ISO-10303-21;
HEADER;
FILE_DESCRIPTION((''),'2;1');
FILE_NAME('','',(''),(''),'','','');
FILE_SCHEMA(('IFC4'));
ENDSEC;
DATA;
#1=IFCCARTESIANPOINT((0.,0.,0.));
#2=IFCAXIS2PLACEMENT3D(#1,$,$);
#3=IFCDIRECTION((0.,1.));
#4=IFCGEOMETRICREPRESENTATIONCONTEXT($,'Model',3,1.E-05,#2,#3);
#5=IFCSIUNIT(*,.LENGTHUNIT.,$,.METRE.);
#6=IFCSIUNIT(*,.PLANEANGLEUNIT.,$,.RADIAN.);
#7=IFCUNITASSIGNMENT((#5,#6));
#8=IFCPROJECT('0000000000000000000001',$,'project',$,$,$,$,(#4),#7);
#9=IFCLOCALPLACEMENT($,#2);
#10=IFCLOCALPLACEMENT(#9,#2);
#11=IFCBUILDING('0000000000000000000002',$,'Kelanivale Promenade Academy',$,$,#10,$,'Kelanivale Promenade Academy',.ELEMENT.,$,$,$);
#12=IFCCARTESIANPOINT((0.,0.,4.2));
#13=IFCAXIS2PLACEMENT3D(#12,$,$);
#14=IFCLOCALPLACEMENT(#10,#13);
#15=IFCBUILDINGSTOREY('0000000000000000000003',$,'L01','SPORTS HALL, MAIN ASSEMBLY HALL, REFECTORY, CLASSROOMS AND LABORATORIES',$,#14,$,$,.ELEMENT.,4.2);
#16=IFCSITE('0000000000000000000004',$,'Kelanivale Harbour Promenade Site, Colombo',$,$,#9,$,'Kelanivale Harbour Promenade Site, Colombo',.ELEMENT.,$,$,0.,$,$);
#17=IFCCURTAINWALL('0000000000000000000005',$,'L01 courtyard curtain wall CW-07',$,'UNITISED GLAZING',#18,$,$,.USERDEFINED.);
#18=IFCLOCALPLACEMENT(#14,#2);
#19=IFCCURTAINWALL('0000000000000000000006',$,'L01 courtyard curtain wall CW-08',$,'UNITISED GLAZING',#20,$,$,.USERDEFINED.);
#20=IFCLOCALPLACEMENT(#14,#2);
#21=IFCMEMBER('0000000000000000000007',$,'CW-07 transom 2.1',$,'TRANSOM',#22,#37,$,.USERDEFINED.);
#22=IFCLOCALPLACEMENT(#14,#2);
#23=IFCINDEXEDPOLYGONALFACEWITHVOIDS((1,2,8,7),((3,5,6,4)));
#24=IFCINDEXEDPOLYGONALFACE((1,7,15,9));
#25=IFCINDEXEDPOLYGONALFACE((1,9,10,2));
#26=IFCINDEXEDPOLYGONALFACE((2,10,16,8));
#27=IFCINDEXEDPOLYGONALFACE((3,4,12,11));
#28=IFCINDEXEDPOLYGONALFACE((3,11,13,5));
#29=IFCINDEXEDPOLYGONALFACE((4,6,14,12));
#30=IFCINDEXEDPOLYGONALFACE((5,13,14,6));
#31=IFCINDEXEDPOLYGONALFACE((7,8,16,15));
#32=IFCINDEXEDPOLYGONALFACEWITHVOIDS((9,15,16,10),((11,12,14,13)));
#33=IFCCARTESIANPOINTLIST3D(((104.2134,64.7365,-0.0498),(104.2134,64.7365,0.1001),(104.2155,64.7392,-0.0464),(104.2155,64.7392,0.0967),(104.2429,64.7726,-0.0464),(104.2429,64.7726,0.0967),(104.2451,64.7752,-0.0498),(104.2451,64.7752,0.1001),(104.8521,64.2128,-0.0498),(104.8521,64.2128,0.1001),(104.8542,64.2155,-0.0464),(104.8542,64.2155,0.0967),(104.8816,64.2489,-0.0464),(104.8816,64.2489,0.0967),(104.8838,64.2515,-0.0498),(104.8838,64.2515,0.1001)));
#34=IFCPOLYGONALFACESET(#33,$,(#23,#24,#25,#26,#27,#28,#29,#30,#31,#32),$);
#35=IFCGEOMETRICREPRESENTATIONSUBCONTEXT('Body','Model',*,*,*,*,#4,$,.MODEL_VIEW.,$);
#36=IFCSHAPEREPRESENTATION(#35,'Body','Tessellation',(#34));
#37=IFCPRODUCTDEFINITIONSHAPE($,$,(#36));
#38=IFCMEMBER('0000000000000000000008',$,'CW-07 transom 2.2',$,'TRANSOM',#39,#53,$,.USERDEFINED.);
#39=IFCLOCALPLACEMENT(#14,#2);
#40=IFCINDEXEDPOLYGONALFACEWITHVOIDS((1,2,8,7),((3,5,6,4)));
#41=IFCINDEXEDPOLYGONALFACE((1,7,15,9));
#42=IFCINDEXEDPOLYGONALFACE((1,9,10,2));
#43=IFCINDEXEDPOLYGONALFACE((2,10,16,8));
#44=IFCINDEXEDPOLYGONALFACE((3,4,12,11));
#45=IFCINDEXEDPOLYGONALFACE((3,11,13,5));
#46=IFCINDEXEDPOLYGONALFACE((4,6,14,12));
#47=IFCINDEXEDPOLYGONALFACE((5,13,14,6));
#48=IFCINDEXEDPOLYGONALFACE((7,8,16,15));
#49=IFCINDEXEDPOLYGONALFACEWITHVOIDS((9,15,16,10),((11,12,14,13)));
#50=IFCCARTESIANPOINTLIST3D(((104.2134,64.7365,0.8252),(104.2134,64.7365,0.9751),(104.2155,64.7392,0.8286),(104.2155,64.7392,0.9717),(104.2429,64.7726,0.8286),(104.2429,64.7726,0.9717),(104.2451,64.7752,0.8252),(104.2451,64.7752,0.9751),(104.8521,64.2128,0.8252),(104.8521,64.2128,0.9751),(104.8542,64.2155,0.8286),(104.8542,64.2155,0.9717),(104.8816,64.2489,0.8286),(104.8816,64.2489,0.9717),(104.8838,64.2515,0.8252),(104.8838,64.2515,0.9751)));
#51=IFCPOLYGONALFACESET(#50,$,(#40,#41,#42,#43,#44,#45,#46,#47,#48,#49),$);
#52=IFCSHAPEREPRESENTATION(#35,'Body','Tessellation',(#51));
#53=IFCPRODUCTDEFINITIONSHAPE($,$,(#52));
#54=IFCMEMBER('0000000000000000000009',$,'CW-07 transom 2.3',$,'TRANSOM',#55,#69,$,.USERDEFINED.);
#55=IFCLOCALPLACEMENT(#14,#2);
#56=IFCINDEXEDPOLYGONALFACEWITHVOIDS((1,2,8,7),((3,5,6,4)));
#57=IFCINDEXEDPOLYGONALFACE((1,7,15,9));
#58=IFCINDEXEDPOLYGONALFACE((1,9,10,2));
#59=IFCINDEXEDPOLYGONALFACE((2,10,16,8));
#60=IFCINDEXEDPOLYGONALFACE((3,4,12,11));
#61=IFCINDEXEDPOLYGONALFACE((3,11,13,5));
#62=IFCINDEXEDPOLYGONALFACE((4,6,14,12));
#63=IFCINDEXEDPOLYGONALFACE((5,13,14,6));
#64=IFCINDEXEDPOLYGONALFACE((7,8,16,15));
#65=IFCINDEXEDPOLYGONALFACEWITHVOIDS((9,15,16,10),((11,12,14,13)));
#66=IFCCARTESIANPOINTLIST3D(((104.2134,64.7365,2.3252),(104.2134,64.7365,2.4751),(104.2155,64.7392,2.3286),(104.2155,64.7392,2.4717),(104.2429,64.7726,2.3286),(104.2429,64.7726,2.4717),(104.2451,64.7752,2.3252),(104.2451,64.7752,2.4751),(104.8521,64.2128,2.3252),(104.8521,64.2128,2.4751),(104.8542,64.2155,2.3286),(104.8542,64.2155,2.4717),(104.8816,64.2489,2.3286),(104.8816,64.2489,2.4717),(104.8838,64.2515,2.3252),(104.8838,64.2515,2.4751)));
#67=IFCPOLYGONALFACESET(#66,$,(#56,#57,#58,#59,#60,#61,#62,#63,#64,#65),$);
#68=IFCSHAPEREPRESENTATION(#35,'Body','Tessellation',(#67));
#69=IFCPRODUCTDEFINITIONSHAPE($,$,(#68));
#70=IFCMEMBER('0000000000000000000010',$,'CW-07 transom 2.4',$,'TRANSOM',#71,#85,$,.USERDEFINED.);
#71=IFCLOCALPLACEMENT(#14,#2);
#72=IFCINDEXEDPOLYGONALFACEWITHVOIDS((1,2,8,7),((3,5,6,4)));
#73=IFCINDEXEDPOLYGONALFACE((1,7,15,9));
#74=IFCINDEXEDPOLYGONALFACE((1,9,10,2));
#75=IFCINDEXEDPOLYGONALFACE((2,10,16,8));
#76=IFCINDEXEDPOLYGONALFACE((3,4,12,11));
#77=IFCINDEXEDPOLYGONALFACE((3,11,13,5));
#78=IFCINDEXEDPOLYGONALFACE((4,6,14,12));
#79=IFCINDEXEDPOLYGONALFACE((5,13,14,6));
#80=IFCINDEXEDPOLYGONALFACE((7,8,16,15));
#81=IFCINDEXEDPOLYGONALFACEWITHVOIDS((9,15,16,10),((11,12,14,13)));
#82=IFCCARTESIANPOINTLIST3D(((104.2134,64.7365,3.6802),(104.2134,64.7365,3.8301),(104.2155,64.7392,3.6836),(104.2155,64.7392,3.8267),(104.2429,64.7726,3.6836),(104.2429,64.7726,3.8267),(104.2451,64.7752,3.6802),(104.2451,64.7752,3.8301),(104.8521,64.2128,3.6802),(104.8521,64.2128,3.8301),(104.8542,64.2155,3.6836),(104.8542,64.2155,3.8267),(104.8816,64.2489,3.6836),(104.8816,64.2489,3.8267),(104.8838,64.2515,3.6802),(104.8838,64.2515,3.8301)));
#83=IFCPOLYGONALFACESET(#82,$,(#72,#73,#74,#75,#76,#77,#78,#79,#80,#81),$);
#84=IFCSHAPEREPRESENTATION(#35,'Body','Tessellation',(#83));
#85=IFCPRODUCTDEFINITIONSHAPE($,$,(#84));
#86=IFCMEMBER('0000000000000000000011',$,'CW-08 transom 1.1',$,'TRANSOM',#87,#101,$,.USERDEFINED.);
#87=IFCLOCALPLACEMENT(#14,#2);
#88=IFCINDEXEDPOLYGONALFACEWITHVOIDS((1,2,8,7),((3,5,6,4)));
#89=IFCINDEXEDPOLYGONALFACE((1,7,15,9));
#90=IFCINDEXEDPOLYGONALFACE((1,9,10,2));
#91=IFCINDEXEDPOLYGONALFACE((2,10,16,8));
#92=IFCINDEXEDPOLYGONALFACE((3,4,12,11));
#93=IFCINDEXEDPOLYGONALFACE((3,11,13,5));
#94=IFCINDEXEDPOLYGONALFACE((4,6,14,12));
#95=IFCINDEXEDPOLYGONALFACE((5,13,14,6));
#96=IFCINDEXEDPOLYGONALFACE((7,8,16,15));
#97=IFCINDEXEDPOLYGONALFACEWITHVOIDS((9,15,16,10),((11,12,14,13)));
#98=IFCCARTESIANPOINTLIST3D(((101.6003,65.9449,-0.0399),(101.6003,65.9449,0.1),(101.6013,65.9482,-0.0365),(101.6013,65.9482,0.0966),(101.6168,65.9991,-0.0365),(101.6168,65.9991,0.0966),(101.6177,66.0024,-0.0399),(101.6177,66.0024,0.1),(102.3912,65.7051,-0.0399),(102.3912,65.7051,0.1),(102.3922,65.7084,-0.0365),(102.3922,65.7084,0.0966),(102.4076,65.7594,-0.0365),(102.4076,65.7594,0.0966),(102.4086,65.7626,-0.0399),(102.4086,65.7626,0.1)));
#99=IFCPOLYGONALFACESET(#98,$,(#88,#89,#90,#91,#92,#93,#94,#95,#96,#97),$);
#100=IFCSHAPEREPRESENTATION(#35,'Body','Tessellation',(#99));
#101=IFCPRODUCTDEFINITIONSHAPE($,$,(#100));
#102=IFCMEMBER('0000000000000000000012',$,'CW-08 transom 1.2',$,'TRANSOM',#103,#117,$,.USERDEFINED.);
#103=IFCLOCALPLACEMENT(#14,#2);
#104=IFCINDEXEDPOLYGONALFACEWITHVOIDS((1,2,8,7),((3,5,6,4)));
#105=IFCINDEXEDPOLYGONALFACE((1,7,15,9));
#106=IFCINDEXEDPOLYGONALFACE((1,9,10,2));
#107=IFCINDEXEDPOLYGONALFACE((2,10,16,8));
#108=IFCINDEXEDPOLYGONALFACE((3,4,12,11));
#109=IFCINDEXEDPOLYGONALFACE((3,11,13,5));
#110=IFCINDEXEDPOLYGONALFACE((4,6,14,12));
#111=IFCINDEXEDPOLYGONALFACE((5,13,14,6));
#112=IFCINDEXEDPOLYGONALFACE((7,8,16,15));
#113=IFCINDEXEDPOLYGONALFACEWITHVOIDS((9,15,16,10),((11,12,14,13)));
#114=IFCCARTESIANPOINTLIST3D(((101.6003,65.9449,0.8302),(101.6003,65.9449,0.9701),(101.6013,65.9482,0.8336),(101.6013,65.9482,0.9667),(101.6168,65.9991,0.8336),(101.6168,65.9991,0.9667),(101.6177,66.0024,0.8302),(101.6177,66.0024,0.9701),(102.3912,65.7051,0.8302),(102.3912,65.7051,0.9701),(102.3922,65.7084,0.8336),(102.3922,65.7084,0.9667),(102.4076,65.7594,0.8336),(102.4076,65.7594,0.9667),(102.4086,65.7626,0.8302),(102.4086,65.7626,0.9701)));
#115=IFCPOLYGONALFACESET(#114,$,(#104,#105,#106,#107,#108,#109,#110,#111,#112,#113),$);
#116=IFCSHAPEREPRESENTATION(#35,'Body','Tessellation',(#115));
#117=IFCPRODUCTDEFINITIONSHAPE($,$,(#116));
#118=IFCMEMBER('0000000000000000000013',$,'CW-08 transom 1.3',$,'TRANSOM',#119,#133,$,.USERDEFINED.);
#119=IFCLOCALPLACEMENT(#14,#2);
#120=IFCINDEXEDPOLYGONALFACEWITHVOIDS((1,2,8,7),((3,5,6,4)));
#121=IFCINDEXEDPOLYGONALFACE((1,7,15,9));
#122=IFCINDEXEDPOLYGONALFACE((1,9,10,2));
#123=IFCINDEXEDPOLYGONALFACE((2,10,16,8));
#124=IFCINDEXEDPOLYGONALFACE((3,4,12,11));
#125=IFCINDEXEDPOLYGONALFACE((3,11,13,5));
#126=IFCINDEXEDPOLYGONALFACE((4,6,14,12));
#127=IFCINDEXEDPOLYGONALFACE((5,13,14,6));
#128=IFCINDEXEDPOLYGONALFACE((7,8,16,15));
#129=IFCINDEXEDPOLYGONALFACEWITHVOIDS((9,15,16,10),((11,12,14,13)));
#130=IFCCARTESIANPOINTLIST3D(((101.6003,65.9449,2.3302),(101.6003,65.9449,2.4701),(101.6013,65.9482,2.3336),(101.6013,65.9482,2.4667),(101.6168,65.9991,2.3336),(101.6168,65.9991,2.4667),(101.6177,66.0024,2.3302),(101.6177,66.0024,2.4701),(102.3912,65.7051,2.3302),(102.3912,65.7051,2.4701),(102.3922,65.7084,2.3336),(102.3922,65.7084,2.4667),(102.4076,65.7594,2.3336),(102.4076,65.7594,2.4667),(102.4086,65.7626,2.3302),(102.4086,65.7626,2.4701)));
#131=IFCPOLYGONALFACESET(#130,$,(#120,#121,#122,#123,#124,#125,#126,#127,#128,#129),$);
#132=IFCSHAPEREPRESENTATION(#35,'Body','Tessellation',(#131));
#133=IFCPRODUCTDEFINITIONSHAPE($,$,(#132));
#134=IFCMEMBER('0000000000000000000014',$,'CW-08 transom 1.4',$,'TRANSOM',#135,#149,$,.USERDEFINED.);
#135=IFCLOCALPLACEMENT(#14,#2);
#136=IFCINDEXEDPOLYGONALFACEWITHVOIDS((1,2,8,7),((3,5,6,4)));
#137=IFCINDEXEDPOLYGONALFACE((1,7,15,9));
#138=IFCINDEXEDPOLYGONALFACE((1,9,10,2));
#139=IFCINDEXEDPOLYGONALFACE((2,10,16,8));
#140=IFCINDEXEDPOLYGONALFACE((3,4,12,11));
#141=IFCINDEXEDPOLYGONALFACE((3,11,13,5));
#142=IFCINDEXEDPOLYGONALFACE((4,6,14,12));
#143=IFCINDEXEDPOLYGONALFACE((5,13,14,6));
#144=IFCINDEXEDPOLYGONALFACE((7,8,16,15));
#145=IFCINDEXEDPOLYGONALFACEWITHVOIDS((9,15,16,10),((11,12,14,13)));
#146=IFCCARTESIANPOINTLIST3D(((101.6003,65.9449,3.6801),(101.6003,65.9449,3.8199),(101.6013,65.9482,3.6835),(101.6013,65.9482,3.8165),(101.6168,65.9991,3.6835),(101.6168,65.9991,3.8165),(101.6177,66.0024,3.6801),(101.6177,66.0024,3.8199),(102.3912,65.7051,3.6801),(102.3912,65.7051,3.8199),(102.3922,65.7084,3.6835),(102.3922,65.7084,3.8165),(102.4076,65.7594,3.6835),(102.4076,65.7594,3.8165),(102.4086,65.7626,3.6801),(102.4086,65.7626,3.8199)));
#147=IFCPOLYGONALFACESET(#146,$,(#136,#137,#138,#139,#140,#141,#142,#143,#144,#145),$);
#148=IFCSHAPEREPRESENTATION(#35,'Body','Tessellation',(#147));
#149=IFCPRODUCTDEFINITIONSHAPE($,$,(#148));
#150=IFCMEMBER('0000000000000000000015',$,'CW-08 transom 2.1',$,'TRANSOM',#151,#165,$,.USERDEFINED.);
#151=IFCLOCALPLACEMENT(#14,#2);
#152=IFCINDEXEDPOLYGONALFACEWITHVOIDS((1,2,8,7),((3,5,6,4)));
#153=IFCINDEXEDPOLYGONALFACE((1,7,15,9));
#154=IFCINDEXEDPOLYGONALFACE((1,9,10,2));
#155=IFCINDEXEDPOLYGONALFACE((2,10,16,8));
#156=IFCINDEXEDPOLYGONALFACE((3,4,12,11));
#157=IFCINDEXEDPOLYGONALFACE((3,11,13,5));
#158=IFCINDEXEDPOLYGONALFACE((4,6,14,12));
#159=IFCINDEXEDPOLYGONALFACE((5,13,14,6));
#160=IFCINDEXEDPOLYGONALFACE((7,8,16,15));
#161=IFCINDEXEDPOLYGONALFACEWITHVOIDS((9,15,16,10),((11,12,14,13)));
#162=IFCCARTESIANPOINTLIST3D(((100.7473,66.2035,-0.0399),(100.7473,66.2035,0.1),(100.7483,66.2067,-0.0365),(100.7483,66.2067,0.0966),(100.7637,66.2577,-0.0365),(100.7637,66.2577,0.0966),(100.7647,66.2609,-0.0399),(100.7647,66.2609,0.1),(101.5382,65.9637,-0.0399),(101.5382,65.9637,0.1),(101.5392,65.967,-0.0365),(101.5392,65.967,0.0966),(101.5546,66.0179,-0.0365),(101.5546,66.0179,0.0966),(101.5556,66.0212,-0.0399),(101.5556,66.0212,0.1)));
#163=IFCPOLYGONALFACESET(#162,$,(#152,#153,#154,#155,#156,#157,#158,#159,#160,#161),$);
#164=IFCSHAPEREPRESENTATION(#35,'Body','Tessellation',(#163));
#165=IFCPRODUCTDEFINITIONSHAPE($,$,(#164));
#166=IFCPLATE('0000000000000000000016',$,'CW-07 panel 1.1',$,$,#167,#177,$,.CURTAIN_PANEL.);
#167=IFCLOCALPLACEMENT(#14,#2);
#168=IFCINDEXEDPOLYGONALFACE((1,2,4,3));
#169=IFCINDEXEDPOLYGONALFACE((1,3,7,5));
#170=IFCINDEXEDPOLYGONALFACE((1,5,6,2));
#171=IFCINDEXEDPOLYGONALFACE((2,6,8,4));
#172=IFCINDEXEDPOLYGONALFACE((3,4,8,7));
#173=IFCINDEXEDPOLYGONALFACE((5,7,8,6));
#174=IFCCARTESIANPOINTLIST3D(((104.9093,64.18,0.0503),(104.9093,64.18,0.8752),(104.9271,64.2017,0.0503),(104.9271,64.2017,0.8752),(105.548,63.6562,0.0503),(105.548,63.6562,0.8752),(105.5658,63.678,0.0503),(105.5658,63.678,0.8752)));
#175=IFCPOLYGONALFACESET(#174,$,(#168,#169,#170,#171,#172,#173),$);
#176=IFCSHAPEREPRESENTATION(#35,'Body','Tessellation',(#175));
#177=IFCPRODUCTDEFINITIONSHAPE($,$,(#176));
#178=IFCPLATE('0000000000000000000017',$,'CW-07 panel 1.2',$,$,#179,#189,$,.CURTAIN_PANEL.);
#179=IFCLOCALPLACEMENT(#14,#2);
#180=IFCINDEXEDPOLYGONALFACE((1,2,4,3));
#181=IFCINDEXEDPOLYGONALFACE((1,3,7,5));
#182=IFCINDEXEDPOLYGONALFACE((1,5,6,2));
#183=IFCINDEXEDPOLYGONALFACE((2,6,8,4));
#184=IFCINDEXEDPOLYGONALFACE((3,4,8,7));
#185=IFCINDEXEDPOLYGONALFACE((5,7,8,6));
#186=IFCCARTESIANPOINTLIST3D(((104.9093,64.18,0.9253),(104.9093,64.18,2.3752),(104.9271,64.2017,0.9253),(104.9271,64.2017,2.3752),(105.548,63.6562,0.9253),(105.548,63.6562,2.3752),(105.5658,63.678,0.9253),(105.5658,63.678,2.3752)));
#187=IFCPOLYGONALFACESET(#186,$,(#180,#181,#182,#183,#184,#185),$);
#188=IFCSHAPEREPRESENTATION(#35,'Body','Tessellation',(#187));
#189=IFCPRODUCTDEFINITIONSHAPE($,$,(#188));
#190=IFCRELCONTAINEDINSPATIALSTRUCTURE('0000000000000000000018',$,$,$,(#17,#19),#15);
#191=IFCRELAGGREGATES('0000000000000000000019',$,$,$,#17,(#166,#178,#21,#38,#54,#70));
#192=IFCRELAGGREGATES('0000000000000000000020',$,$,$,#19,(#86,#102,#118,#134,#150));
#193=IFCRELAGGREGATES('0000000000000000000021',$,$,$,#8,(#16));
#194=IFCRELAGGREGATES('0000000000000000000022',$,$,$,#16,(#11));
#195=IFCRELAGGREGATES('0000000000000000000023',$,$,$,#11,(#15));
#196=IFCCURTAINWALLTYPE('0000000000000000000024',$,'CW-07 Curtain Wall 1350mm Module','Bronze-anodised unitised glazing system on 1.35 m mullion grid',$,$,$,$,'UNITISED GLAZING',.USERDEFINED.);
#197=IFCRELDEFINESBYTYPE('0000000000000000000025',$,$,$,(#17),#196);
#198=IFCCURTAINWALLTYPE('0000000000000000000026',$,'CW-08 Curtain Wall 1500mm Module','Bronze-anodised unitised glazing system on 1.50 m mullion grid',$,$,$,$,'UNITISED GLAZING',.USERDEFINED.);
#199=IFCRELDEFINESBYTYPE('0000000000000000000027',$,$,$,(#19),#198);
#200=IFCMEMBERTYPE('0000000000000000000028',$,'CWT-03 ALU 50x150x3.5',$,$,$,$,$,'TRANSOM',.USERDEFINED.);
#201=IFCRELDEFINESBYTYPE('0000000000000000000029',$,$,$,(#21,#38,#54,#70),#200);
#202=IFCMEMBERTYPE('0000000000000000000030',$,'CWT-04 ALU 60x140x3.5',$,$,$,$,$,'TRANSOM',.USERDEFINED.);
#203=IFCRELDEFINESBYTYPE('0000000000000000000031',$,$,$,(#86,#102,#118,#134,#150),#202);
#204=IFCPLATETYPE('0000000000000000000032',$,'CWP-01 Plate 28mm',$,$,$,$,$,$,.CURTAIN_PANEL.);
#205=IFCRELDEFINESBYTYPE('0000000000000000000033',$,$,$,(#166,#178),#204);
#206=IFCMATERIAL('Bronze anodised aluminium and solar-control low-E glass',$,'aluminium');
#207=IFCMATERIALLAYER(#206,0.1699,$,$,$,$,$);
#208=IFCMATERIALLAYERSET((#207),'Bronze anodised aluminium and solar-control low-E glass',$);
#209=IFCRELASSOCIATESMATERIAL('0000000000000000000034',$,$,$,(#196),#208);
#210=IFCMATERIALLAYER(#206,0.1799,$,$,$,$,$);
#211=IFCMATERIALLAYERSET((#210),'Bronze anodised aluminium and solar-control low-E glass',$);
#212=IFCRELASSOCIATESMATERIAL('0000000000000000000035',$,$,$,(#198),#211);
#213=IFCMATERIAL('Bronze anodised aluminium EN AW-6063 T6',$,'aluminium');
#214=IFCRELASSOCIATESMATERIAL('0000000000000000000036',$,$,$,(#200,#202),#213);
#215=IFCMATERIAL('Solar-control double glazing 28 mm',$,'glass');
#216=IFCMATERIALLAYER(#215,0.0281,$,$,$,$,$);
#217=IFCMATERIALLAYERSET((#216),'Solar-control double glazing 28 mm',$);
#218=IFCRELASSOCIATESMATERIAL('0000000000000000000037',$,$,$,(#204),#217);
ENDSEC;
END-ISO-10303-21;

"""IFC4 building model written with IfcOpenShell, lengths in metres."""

from ifc_helpers import new_model, si_unit, direction, frame, origin, origin_2d, place, context, subcontext, project, spatial, rectangle, hollow_rectangle, extrude, material, layer, layer_set, material_profile, profile_set, type_object, element, aggregate, save


model = new_model("IFC4")

# Units and contexts
model_context = context("Model", 3, precision=1e-05, world=origin(), true_north=direction((0.0, 1.0)))
body_context = subcontext(model_context, "Body", "Model", "MODEL_VIEW")
ifc_project = project(units=[si_unit("LENGTHUNIT", "METRE"), si_unit("PLANEANGLEUNIT", "RADIAN")], contexts=[model_context])

# Site, building, storey
site_placement = place(None, origin())
site = spatial("IfcSite", under=ifc_project, at=site_placement, Name="Kelanivale Harbour Promenade Site, Colombo", LongName="Kelanivale Harbour Promenade Site, Colombo", CompositionType="ELEMENT", RefElevation=0.0)
building_placement = place(site_placement, origin())
building = spatial("IfcBuilding", under=site, at=building_placement, Name="Kelanivale Promenade Academy", LongName="Kelanivale Promenade Academy", CompositionType="ELEMENT")
storey_placement = place(building_placement, frame((0.0, 0.0, 4.2)))
storey = spatial("IfcBuildingStorey", under=building, at=storey_placement, Name="L01", Description="SPORTS HALL, MAIN ASSEMBLY HALL, REFECTORY, CLASSROOMS AND LABORATORIES", CompositionType="ELEMENT", Elevation=4.2)

# Shared definitions
ifc_material_1 = material(Name="Bronze anodised aluminium and solar-control low-E glass", Category="aluminium")
ifc_material_2 = material(Name="Bronze anodised aluminium EN AW-6063 T6", Category="aluminium")

# Curtain walls
ifc_layer_1 = layer(ifc_material_1, 0.1699)
ifc_layer_set_1 = layer_set([ifc_layer_1], Name="Bronze anodised aluminium and solar-control low-E glass")
curtain_wall_type_1 = type_object("IfcCurtainWallType", Name="CW-07 Curtain Wall 1350mm Module", Description="Bronze-anodised unitised glazing system on 1.35 m mullion grid", ElementType="UNITISED GLAZING", PredefinedType="USERDEFINED", material=ifc_layer_set_1)
curtain_wall_1_placement = place(storey_placement, origin())
curtain_wall_1 = element("IfcCurtainWall", 1, at=curtain_wall_1_placement, inside=storey, type_object=curtain_wall_type_1, Name="L01 courtyard curtain wall CW-07", ObjectType="UNITISED GLAZING", PredefinedType="USERDEFINED")
ifc_layer_2 = layer(ifc_material_1, 0.1799)
ifc_layer_set_2 = layer_set([ifc_layer_2], Name="Bronze anodised aluminium and solar-control low-E glass")
curtain_wall_type_2 = type_object("IfcCurtainWallType", Name="CW-08 Curtain Wall 1500mm Module", Description="Bronze-anodised unitised glazing system on 1.50 m mullion grid", ElementType="UNITISED GLAZING", PredefinedType="USERDEFINED", material=ifc_layer_set_2)
curtain_wall_2_placement = place(storey_placement, origin())
curtain_wall_2 = element("IfcCurtainWall", 2, at=curtain_wall_2_placement, inside=storey, type_object=curtain_wall_type_2, Name="L01 courtyard curtain wall CW-08", ObjectType="UNITISED GLAZING", PredefinedType="USERDEFINED")

# Members
ifc_material_profile_1 = material_profile(ifc_material_2, hollow_rectangle(XDim=0.05, YDim=0.1499, WallThickness=0.0034, at=origin_2d()), Name="ALU 50x150x3.5")
ifc_profile_set_1 = profile_set([ifc_material_profile_1], Name="Bronze anodised aluminium EN AW-6063 T6")
member_type_1 = type_object("IfcMemberType", Name="CWT-03 ALU 50x150x3.5", ElementType="TRANSOM", PredefinedType="USERDEFINED", material=ifc_profile_set_1)
member_1_placement = place(storey_placement, frame((104.8679, 64.2322, 0.0251), z_axis=(-0.773285, 0.634058, 0.0), x_axis=(-0.634058, -0.773285, 0.0)))
member_1 = element("IfcMember", 3, at=member_1_placement, type_object=member_type_1, Name="CW-07 transom 2.1", ObjectType="TRANSOM", PredefinedType="USERDEFINED", context=body_context, shape_type="SweptSolid", body=[
    extrude(hollow_rectangle(XDim=0.05, YDim=0.1499, WallThickness=0.0034, at=origin_2d()), origin(), (0.0, 0.0, 1.0), 0.8259),
])
member_2_placement = place(storey_placement, frame((104.8679, 64.2322, 0.9001), z_axis=(-0.773285, 0.634058, 0.0), x_axis=(-0.634058, -0.773285, 0.0)))
member_2 = element("IfcMember", 4, at=member_2_placement, type_object=member_type_1, Name="CW-07 transom 2.2", ObjectType="TRANSOM", PredefinedType="USERDEFINED", context=body_context, shape_type="SweptSolid", body=[
    extrude(hollow_rectangle(XDim=0.05, YDim=0.1499, WallThickness=0.0034, at=origin_2d()), origin(), (0.0, 0.0, 1.0), 0.8259),
])
member_3_placement = place(storey_placement, frame((104.8679, 64.2322, 2.4001), z_axis=(-0.773285, 0.634058, 0.0), x_axis=(-0.634058, -0.773285, 0.0)))
member_3 = element("IfcMember", 5, at=member_3_placement, type_object=member_type_1, Name="CW-07 transom 2.3", ObjectType="TRANSOM", PredefinedType="USERDEFINED", context=body_context, shape_type="SweptSolid", body=[
    extrude(hollow_rectangle(XDim=0.05, YDim=0.1499, WallThickness=0.0034, at=origin_2d()), origin(), (0.0, 0.0, 1.0), 0.8259),
])
member_4_placement = place(storey_placement, frame((104.8679, 64.2322, 3.7551), z_axis=(-0.773285, 0.634058, 0.0), x_axis=(-0.634058, -0.773285, 0.0)))
member_4 = element("IfcMember", 6, at=member_4_placement, type_object=member_type_1, Name="CW-07 transom 2.4", ObjectType="TRANSOM", PredefinedType="USERDEFINED", context=body_context, shape_type="SweptSolid", body=[
    extrude(hollow_rectangle(XDim=0.05, YDim=0.1499, WallThickness=0.0034, at=origin_2d()), origin(), (0.0, 0.0, 1.0), 0.8259),
])
ifc_material_profile_2 = material_profile(ifc_material_2, hollow_rectangle(XDim=0.0601, YDim=0.1399, WallThickness=0.0034, at=origin_2d()), Name="ALU 60x140x3.5")
ifc_profile_set_2 = profile_set([ifc_material_profile_2], Name="Bronze anodised aluminium EN AW-6063 T6")
member_type_2 = type_object("IfcMemberType", Name="CWT-04 ALU 60x140x3.5", ElementType="TRANSOM", PredefinedType="USERDEFINED", material=ifc_profile_set_2)
member_5_placement = place(storey_placement, frame((102.3999, 65.7339, 0.03), z_axis=(-0.956985, 0.290139, 0.0), x_axis=(-0.290139, -0.956985, 0.0)))
member_5 = element("IfcMember", 7, at=member_5_placement, type_object=member_type_2, Name="CW-08 transom 1.1", ObjectType="TRANSOM", PredefinedType="USERDEFINED", context=body_context, shape_type="SweptSolid", body=[
    extrude(hollow_rectangle(XDim=0.0601, YDim=0.1399, WallThickness=0.0034, at=origin_2d()), origin(), (0.0, 0.0, 1.0), 0.8264),
])
member_6_placement = place(storey_placement, frame((102.3999, 65.7339, 0.9001), z_axis=(-0.956985, 0.290139, 0.0), x_axis=(-0.290139, -0.956985, 0.0)))
member_6 = element("IfcMember", 8, at=member_6_placement, type_object=member_type_2, Name="CW-08 transom 1.2", ObjectType="TRANSOM", PredefinedType="USERDEFINED", context=body_context, shape_type="SweptSolid", body=[
    extrude(hollow_rectangle(XDim=0.0601, YDim=0.1399, WallThickness=0.0034, at=origin_2d()), origin(), (0.0, 0.0, 1.0), 0.8264),
])
member_7_placement = place(storey_placement, frame((102.3999, 65.7339, 2.4001), z_axis=(-0.956985, 0.290139, 0.0), x_axis=(-0.290139, -0.956985, 0.0)))
member_7 = element("IfcMember", 9, at=member_7_placement, type_object=member_type_2, Name="CW-08 transom 1.3", ObjectType="TRANSOM", PredefinedType="USERDEFINED", context=body_context, shape_type="SweptSolid", body=[
    extrude(hollow_rectangle(XDim=0.0601, YDim=0.1399, WallThickness=0.0034, at=origin_2d()), origin(), (0.0, 0.0, 1.0), 0.8264),
])
member_8_placement = place(storey_placement, frame((102.3999, 65.7339, 3.75), z_axis=(-0.956985, 0.290139, 0.0), x_axis=(-0.290139, -0.956985, 0.0)))
member_8 = element("IfcMember", 10, at=member_8_placement, type_object=member_type_2, Name="CW-08 transom 1.4", ObjectType="TRANSOM", PredefinedType="USERDEFINED", context=body_context, shape_type="SweptSolid", body=[
    extrude(hollow_rectangle(XDim=0.0601, YDim=0.1399, WallThickness=0.0034, at=origin_2d()), origin(), (0.0, 0.0, 1.0), 0.8264),
])
member_9_placement = place(storey_placement, frame((101.5469, 65.9924, 0.03), z_axis=(-0.956985, 0.290139, 0.0), x_axis=(-0.290139, -0.956985, 0.0)))
member_9 = element("IfcMember", 11, at=member_9_placement, type_object=member_type_2, Name="CW-08 transom 2.1", ObjectType="TRANSOM", PredefinedType="USERDEFINED", context=body_context, shape_type="SweptSolid", body=[
    extrude(hollow_rectangle(XDim=0.0601, YDim=0.1399, WallThickness=0.0034, at=origin_2d()), origin(), (0.0, 0.0, 1.0), 0.8264),
])

# Plates
ifc_material_3 = material(Name="Solar-control double glazing 28 mm", Category="glass")
ifc_layer_3 = layer(ifc_material_3, 0.0281)
ifc_layer_set_3 = layer_set([ifc_layer_3], Name="Solar-control double glazing 28 mm")
plate_type_1 = type_object("IfcPlateType", Name="CWP-01 Plate 28mm", PredefinedType="CURTAIN_PANEL", material=ifc_layer_set_3)
plate_1_placement = place(storey_placement, frame((105.2375, 63.929, 0.0503), z_axis=(0.0, 0.0, 1.0), x_axis=(-0.773257, 0.634093, 0.0)))
plate_1 = element("IfcPlate", 12, at=plate_1_placement, type_object=plate_type_1, Name="CW-07 panel 1.1", PredefinedType="CURTAIN_PANEL", context=body_context, shape_type="SweptSolid", body=[
    extrude(rectangle(XDim=0.8259, YDim=0.0281, at=origin_2d()), origin(), (0.0, 0.0, 1.0), 0.825),
])
plate_2_placement = place(storey_placement, frame((105.2375, 63.929, 0.9253), z_axis=(0.0, 0.0, 1.0), x_axis=(-0.773257, 0.634093, 0.0)))
plate_2 = element("IfcPlate", 13, at=plate_2_placement, type_object=plate_type_1, Name="CW-07 panel 1.2", PredefinedType="CURTAIN_PANEL", context=body_context, shape_type="SweptSolid", body=[
    extrude(rectangle(XDim=0.8259, YDim=0.0281, at=origin_2d()), origin(), (0.0, 0.0, 1.0), 1.45),
])
aggregate(curtain_wall_1, [plate_1, plate_2, member_1, member_2, member_3, member_4])
aggregate(curtain_wall_2, [member_5, member_6, member_7, member_8, member_9])

save(model, "model.ifc")
